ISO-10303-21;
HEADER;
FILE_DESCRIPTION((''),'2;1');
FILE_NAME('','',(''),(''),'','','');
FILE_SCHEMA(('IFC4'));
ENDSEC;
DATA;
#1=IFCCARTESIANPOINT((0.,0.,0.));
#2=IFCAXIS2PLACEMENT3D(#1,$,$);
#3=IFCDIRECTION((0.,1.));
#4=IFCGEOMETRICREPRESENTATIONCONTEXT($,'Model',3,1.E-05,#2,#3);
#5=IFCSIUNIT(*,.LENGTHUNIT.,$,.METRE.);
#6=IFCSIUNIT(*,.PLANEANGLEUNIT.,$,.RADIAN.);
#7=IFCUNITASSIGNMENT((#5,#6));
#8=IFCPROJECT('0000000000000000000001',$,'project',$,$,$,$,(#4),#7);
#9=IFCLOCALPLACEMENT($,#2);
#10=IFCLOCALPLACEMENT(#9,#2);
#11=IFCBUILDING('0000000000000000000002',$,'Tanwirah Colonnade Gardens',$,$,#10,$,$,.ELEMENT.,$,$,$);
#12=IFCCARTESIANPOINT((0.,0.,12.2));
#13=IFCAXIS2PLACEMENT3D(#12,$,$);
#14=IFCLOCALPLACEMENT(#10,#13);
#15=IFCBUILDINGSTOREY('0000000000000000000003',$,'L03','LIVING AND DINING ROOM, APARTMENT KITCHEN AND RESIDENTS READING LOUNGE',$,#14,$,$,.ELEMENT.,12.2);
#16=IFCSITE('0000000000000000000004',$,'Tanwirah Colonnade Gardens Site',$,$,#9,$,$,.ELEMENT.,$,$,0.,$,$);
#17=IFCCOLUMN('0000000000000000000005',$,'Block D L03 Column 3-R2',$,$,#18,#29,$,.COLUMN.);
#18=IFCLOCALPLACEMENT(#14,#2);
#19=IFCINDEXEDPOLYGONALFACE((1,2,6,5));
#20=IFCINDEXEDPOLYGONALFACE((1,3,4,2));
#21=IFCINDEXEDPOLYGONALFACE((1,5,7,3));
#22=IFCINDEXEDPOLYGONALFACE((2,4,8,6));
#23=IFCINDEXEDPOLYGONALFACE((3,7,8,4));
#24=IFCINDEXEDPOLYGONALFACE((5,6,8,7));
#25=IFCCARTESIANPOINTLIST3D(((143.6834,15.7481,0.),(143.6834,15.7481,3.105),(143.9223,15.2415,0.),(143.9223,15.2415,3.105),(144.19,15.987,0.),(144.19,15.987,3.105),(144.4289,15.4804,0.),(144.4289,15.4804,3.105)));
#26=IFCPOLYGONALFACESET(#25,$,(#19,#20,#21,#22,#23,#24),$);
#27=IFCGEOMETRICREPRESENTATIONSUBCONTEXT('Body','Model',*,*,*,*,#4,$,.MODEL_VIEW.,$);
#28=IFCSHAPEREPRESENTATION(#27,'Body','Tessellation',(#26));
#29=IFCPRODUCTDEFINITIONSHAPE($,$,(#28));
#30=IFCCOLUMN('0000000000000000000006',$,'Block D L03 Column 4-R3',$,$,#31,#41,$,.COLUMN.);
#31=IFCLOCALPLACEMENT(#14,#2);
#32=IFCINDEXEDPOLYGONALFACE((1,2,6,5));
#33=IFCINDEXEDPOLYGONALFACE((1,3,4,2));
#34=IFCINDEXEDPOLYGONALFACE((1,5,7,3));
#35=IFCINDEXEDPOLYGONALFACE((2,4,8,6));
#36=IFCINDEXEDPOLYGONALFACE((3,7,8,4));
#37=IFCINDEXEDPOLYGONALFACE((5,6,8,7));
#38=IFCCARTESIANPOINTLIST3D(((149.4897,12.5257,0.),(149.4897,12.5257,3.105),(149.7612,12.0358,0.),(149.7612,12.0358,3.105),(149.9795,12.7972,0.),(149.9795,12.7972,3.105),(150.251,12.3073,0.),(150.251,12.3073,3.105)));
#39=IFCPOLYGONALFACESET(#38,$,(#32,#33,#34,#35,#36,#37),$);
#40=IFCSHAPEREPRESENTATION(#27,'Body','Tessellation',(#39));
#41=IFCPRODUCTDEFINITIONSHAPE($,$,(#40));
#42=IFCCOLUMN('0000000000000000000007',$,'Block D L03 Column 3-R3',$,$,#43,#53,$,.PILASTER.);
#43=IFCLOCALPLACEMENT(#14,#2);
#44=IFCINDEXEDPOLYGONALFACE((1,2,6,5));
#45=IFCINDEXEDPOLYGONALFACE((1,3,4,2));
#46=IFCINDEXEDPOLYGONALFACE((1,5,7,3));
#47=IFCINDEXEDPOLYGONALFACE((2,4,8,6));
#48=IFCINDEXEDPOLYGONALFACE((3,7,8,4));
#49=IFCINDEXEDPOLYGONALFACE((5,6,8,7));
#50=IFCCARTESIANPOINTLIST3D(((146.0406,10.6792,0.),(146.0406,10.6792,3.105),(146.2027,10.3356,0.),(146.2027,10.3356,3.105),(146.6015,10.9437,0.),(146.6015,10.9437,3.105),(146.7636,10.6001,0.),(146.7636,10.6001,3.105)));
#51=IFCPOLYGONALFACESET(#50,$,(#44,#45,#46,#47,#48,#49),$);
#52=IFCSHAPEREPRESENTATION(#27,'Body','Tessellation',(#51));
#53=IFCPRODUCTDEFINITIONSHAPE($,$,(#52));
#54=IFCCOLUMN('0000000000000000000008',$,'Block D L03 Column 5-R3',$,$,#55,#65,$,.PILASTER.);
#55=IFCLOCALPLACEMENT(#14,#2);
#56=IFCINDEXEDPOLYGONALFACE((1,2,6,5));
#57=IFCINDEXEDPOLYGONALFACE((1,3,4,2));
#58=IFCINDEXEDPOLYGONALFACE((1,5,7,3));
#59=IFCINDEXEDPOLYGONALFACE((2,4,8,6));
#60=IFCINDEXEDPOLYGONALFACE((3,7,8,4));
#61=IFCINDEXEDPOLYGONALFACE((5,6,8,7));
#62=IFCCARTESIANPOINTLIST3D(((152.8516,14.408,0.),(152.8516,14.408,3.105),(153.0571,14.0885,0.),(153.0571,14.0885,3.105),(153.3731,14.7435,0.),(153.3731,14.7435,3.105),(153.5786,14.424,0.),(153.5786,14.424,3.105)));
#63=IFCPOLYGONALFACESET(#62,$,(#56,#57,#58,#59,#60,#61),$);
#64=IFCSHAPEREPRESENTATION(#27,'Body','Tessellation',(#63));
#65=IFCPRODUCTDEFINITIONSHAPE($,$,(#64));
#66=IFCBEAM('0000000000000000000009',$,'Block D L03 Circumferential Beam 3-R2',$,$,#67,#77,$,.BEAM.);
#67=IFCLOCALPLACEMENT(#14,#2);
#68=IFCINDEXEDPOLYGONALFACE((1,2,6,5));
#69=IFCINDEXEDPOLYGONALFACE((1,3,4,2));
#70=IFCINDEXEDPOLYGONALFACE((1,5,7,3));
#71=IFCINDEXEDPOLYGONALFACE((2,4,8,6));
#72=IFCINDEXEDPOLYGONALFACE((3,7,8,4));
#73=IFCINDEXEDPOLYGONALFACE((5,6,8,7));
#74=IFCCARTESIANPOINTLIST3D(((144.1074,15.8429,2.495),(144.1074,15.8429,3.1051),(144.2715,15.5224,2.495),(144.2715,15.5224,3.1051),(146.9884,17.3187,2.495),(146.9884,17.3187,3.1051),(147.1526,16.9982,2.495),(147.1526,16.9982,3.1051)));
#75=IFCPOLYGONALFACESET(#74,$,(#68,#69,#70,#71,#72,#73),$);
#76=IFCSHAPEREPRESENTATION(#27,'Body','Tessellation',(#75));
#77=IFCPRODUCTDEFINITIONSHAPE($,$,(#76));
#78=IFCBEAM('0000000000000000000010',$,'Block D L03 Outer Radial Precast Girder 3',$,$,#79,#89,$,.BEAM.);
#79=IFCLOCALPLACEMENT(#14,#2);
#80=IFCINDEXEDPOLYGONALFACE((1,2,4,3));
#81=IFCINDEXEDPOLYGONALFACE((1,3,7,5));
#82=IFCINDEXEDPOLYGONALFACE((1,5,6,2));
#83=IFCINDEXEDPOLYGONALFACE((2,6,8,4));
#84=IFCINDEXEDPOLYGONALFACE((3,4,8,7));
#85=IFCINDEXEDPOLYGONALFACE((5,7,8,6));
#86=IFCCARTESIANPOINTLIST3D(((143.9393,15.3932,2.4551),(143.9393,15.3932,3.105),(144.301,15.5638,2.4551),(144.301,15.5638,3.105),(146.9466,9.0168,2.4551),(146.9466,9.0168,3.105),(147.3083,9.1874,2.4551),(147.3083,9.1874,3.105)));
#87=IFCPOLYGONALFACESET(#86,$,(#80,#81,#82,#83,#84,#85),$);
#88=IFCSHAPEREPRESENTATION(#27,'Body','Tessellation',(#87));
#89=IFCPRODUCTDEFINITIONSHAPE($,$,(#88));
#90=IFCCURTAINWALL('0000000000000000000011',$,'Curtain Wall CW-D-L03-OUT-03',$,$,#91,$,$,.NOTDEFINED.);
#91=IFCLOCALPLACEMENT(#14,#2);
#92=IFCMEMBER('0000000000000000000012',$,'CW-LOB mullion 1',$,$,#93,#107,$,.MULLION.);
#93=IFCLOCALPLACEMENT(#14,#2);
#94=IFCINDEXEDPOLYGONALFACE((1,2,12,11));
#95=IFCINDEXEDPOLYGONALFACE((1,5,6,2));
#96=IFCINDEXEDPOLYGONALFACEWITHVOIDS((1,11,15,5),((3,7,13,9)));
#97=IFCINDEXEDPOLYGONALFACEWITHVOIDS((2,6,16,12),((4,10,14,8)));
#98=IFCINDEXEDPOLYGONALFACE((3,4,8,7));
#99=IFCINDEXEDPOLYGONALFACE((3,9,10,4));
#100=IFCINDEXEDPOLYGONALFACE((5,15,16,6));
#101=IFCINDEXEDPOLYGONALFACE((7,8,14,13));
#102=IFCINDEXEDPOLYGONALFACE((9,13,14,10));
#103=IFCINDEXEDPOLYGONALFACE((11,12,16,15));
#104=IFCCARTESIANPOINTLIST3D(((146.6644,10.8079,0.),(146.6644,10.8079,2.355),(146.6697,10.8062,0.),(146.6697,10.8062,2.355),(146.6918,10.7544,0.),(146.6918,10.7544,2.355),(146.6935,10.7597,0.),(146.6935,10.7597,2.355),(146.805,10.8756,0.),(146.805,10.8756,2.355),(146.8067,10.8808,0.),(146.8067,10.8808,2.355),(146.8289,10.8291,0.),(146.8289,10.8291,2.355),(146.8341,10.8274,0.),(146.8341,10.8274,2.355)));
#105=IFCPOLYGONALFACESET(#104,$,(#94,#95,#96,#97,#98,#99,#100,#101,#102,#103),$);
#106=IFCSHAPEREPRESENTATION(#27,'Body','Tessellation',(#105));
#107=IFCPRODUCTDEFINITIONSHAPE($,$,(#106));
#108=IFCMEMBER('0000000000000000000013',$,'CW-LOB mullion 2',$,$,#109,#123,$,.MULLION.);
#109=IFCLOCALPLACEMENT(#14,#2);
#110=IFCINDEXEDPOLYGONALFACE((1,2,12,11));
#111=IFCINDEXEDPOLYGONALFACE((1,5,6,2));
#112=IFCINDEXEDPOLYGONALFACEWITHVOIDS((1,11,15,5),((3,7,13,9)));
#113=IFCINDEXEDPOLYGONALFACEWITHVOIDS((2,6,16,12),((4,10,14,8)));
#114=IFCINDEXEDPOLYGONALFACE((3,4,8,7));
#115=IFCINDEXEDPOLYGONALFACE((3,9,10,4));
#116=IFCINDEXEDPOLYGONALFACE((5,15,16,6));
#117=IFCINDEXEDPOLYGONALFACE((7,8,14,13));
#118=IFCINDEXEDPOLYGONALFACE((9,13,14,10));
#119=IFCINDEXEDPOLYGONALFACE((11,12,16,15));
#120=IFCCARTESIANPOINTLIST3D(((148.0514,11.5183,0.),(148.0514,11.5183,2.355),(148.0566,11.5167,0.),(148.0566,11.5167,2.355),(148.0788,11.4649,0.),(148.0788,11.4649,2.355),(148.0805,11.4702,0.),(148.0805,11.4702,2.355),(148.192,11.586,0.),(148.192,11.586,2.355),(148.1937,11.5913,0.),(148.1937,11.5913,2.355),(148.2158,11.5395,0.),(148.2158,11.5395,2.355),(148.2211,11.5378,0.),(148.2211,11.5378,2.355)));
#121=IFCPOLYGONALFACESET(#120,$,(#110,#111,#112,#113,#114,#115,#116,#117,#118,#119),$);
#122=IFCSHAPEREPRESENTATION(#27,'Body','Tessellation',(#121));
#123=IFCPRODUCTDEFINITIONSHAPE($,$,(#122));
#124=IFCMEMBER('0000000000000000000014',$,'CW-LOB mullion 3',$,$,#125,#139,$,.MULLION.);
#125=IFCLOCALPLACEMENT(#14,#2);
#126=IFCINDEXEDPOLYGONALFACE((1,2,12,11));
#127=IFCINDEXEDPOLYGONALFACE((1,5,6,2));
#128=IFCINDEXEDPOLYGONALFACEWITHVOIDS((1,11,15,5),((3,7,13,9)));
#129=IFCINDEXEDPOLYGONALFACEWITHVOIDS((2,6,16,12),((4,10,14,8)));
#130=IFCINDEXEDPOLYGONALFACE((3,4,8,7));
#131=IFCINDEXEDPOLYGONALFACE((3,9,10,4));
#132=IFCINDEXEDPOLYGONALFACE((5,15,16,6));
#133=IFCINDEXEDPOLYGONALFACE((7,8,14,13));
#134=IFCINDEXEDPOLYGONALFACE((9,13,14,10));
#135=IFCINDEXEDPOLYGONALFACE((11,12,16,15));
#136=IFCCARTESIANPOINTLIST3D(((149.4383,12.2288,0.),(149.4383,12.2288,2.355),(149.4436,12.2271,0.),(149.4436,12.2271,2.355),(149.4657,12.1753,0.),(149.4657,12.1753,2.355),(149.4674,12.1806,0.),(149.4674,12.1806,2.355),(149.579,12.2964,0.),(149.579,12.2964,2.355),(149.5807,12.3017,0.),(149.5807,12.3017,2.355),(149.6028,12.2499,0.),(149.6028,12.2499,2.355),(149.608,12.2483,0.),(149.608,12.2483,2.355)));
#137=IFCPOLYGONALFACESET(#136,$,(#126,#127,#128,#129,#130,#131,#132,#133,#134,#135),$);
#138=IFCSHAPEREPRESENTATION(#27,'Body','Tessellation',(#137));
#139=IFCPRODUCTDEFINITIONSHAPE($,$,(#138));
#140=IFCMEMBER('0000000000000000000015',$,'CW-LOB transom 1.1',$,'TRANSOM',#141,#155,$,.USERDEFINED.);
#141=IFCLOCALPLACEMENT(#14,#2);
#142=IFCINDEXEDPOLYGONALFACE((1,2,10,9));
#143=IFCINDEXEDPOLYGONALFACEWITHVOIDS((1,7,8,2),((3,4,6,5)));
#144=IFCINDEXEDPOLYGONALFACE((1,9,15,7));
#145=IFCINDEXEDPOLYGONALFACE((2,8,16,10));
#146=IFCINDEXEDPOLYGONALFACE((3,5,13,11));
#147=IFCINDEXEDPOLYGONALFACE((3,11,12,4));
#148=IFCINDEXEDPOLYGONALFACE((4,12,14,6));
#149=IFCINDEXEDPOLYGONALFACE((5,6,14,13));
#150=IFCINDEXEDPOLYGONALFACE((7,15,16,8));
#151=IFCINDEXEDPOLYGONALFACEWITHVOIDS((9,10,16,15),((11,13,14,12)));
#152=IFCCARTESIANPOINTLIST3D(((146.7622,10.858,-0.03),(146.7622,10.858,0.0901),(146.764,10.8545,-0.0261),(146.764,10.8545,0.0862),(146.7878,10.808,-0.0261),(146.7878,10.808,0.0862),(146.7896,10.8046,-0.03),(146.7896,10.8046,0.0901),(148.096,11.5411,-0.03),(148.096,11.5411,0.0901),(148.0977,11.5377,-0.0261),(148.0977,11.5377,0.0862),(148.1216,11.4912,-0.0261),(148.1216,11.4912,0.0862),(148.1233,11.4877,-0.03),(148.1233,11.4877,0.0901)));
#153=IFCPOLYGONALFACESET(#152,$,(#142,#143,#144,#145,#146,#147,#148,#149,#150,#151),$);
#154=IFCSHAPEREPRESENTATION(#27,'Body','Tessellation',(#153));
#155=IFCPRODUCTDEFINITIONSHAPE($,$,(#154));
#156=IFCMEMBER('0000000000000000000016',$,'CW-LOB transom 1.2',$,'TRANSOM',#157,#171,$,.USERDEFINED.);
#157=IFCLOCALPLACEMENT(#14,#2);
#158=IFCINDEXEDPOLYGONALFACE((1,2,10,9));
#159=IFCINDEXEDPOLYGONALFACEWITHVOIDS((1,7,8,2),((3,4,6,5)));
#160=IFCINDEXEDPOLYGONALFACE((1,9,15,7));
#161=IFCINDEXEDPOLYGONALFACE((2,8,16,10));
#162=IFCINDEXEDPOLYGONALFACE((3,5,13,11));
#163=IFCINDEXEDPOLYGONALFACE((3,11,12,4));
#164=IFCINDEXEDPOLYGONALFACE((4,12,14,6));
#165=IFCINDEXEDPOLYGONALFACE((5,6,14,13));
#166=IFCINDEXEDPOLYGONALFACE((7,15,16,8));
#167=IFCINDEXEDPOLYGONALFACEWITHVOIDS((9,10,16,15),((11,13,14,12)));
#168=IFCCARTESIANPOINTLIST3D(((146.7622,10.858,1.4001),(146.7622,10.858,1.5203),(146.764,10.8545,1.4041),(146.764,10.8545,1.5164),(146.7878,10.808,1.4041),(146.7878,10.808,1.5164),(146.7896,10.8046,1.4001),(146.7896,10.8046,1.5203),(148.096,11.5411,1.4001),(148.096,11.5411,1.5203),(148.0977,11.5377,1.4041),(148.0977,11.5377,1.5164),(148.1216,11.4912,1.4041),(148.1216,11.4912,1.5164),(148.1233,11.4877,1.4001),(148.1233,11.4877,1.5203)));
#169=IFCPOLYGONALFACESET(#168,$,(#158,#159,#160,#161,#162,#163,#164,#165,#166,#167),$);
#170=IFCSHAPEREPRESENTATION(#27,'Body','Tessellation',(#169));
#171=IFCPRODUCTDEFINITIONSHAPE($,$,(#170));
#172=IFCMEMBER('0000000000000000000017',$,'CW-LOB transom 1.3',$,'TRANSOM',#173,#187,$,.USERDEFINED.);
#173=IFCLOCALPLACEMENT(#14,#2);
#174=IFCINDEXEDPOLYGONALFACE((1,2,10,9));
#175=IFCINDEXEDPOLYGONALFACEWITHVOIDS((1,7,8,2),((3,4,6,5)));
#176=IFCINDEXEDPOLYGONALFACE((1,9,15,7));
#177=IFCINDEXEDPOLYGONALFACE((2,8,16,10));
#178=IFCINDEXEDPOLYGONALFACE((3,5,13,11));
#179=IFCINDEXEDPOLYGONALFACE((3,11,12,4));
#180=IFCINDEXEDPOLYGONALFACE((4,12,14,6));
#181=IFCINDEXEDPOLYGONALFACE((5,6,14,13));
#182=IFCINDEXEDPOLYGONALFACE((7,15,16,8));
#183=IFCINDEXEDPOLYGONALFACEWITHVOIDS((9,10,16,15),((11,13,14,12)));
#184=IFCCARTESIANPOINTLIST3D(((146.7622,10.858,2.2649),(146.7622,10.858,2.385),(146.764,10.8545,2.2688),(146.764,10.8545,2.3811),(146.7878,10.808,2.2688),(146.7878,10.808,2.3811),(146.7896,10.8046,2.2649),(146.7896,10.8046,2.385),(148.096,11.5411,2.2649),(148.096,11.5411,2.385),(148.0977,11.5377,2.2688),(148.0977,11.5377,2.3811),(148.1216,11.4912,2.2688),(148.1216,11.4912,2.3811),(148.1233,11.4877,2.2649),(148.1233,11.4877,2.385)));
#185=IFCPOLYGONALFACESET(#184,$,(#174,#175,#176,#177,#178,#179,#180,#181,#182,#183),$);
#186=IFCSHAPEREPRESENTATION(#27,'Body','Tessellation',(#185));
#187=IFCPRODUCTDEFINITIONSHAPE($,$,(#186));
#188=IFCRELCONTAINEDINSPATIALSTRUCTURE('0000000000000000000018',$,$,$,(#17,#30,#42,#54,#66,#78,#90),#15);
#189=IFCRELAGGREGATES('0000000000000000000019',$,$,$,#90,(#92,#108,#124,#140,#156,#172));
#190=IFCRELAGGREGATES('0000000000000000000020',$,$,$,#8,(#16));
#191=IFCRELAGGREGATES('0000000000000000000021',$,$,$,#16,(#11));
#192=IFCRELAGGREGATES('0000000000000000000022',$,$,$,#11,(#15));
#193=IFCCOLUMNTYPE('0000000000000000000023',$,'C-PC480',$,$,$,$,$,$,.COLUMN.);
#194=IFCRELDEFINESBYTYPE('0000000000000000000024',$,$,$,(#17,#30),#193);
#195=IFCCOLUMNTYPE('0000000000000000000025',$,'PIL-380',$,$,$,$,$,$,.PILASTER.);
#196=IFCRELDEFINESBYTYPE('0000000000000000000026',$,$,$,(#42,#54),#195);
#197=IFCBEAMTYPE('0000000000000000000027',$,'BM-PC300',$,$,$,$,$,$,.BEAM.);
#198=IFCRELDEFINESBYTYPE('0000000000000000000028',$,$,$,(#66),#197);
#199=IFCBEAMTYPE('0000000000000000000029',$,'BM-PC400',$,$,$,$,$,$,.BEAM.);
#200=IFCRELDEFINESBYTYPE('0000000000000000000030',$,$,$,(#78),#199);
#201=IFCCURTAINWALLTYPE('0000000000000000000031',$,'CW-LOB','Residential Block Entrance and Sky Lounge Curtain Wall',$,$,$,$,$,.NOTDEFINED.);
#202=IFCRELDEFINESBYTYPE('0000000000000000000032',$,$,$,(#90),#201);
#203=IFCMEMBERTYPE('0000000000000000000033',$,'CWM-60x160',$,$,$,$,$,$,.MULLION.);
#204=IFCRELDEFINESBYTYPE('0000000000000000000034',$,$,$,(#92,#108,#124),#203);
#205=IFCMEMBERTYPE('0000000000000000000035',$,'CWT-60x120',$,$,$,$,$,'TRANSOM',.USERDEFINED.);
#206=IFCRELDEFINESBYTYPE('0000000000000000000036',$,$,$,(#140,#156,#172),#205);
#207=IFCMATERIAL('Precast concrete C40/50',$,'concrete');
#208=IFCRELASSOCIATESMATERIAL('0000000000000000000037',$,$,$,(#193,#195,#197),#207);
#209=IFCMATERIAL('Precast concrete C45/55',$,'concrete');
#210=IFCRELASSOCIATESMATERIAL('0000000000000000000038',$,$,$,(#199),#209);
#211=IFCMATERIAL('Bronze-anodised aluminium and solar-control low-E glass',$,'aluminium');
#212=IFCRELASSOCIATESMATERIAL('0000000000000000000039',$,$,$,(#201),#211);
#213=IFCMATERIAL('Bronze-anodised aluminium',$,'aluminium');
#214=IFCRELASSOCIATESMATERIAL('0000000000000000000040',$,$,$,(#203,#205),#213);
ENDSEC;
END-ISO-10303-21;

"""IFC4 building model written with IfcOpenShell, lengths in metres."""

from ifc_helpers import new_model, si_unit, direction, frame, origin, origin_2d, place, context, subcontext, project, spatial, rectangle, hollow_rectangle, extrude, material, material_profile, profile_set, type_object, element, aggregate, save


model = new_model("IFC4")

# Units and contexts
model_context = context("Model", 3, precision=1e-05, world=origin(), true_north=direction((0.0, 1.0)))
body_context = subcontext(model_context, "Body", "Model", "MODEL_VIEW")
ifc_project = project(units=[si_unit("LENGTHUNIT", "METRE"), si_unit("PLANEANGLEUNIT", "RADIAN")], contexts=[model_context])

# Site, building, storey
site_placement = place(None, origin())
site = spatial("IfcSite", under=ifc_project, at=site_placement, Name="Tanwirah Colonnade Gardens Site", CompositionType="ELEMENT", RefElevation=0.0)
building_placement = place(site_placement, origin())
building = spatial("IfcBuilding", under=site, at=building_placement, Name="Tanwirah Colonnade Gardens", CompositionType="ELEMENT")
storey_placement = place(building_placement, frame((0.0, 0.0, 12.2)))
storey = spatial("IfcBuildingStorey", under=building, at=storey_placement, Name="L03", Description="LIVING AND DINING ROOM, APARTMENT KITCHEN AND RESIDENTS READING LOUNGE", CompositionType="ELEMENT", Elevation=12.2)

# Columns
ifc_material_1 = material(Name="Precast concrete C40/50", Category="concrete")
ifc_material_profile_1 = material_profile(ifc_material_1, rectangle(XDim=0.5601, YDim=0.5601, at=origin_2d()), Name="PC-COL 560x560")
ifc_profile_set_1 = profile_set([ifc_material_profile_1], Name="Precast concrete C40/50")
column_type_1 = type_object("IfcColumnType", Name="C-PC480", PredefinedType="COLUMN", material=ifc_profile_set_1)
for number, where, z_axis, x_axis, name in (
    (1, (144.0562, 15.6143, 0.0), (0.0, 0.0, 1.0), (0.426569, -0.904455, 0.0), "Block D L03 Column 3-R2"),
    (2, (149.8704, 12.4165, 0.0), (0.0, 0.0, 1.0), (0.48481, -0.87462, 0.0), "Block D L03 Column 4-R3"),
):
    element("IfcColumn", number, at=place(storey_placement, frame(where, z_axis=z_axis, x_axis=x_axis)), inside=storey, type_object=column_type_1, Name=name, PredefinedType="COLUMN", context=body_context, shape_type="SweptSolid", body=[
        extrude(rectangle(XDim=0.5601, YDim=0.5601, at=origin_2d()), origin(), (0.0, 0.0, 1.0), 3.105),
    ])
ifc_material_profile_2 = material_profile(ifc_material_1, rectangle(XDim=0.3799, YDim=0.6201, at=origin_2d()), Name="PC-PIL 380x620")
ifc_profile_set_2 = profile_set([ifc_material_profile_2], Name="Precast concrete C40/50")
column_type_2 = type_object("IfcColumnType", Name="PIL-380", PredefinedType="PILASTER", material=ifc_profile_set_2)
for number, where, z_axis, x_axis, name in (
    (3, (146.4021, 10.6396, 0.0), (0.0, 0.0, 1.0), (0.426569, -0.904455, 0.0), "Block D L03 Column 3-R3"),
    (4, (153.2151, 14.416, 0.0), (0.0, 0.0, 1.0), (0.540974, -0.841039, 0.0), "Block D L03 Column 5-R3"),
):
    element("IfcColumn", number, at=place(storey_placement, frame(where, z_axis=z_axis, x_axis=x_axis)), inside=storey, type_object=column_type_2, Name=name, PredefinedType="PILASTER", context=body_context, shape_type="SweptSolid", body=[
        extrude(rectangle(XDim=0.3799, YDim=0.6201, at=origin_2d()), origin(), (0.0, 0.0, 1.0), 3.105),
    ])

# Beams
ifc_material_profile_3 = material_profile(ifc_material_1, rectangle(XDim=0.3601, YDim=0.6101, at=origin_2d()), Name="PC-BM 360x610")
ifc_profile_set_3 = profile_set([ifc_material_profile_3], Name="Precast concrete C40/50")
beam_type_1 = type_object("IfcBeamType", Name="BM-PC300", PredefinedType="BEAM", material=ifc_profile_set_3)
beam_1_placement = place(storey_placement, frame((144.1895, 15.6826, 2.8), z_axis=(0.890025, 0.455911, 0.0), x_axis=(-0.455911, 0.890025, 0.0)))
element("IfcBeam", 5, at=beam_1_placement, inside=storey, type_object=beam_type_1, Name="Block D L03 Circumferential Beam 3-R2", PredefinedType="BEAM", context=body_context, shape_type="SweptSolid", body=[
    extrude(rectangle(XDim=0.3601, YDim=0.6101, at=origin_2d()), origin(), (0.0, 0.0, 1.0), 3.2371),
])
ifc_material_2 = material(Name="Precast concrete C45/55", Category="concrete")
ifc_material_profile_4 = material_profile(ifc_material_2, rectangle(XDim=0.3999, YDim=0.6499, at=origin_2d()), Name="PC-BM 400x650")
ifc_profile_set_4 = profile_set([ifc_material_profile_4], Name="Precast concrete C45/55")
beam_type_2 = type_object("IfcBeamType", Name="BM-PC400", PredefinedType="BEAM", material=ifc_profile_set_4)
beam_2_placement = place(storey_placement, frame((144.1201, 15.4785, 2.78), z_axis=(0.426567, -0.904456, 0.0), x_axis=(0.904456, 0.426567, 0.0)))
element("IfcBeam", 6, at=beam_2_placement, inside=storey, type_object=beam_type_2, Name="Block D L03 Outer Radial Precast Girder 3", PredefinedType="BEAM", context=body_context, shape_type="SweptSolid", body=[
    extrude(rectangle(XDim=0.3999, YDim=0.6499, at=origin_2d()), origin(), (0.0, 0.0, 1.0), 7.05),
])

# Curtain wall, members
ifc_material_3 = material(Name="Bronze-anodised aluminium and solar-control low-E glass", Category="aluminium")
curtain_wall_type = type_object("IfcCurtainWallType", Name="CW-LOB", Description="Residential Block Entrance and Sky Lounge Curtain Wall", PredefinedType="NOTDEFINED", material=ifc_material_3)
curtain_wall_placement = place(storey_placement, origin())
curtain_wall = element("IfcCurtainWall", 7, at=curtain_wall_placement, inside=storey, type_object=curtain_wall_type, Name="Curtain Wall CW-D-L03-OUT-03", PredefinedType="NOTDEFINED")
ifc_material_4 = material(Name="Bronze-anodised aluminium", Category="aluminium")
ifc_material_profile_5 = material_profile(ifc_material_4, hollow_rectangle(XDim=0.0601, YDim=0.1599, WallThickness=0.0039, at=origin_2d()), Name="CW-MUL 60x160x4")
ifc_profile_set_5 = profile_set([ifc_material_profile_5], Name="Bronze-anodised aluminium")
member_type_1 = type_object("IfcMemberType", Name="CWM-60x160", PredefinedType="MULLION", material=ifc_profile_set_5)
member_1_placement = place(storey_placement, frame((146.7493, 10.8176, 0.0), z_axis=(0.0, 0.0, 1.0), x_axis=(-0.455933, 0.890014, 0.0)))
member_1 = element("IfcMember", 8, at=member_1_placement, type_object=member_type_1, Name="CW-LOB mullion 1", PredefinedType="MULLION", context=body_context, shape_type="SweptSolid", body=[
    extrude(hollow_rectangle(XDim=0.0601, YDim=0.1599, WallThickness=0.0039, at=origin_2d()), origin(), (0.0, 0.0, 1.0), 2.355),
])
member_2_placement = place(storey_placement, frame((148.1362, 11.5281, 0.0), z_axis=(0.0, 0.0, 1.0), x_axis=(-0.455933, 0.890014, 0.0)))
member_2 = element("IfcMember", 9, at=member_2_placement, type_object=member_type_1, Name="CW-LOB mullion 2", PredefinedType="MULLION", context=body_context, shape_type="SweptSolid", body=[
    extrude(hollow_rectangle(XDim=0.0601, YDim=0.1599, WallThickness=0.0039, at=origin_2d()), origin(), (0.0, 0.0, 1.0), 2.355),
])
member_3_placement = place(storey_placement, frame((149.5232, 12.2385, 0.0), z_axis=(0.0, 0.0, 1.0), x_axis=(-0.455933, 0.890014, 0.0)))
member_3 = element("IfcMember", 10, at=member_3_placement, type_object=member_type_1, Name="CW-LOB mullion 3", PredefinedType="MULLION", context=body_context, shape_type="SweptSolid", body=[
    extrude(hollow_rectangle(XDim=0.0601, YDim=0.1599, WallThickness=0.0039, at=origin_2d()), origin(), (0.0, 0.0, 1.0), 2.355),
])
ifc_material_profile_6 = material_profile(ifc_material_4, hollow_rectangle(XDim=0.0601, YDim=0.1201, WallThickness=0.0039, at=origin_2d()), Name="CW-TRN 60x120x4")
ifc_profile_set_6 = profile_set([ifc_material_profile_6], Name="Bronze-anodised aluminium")
member_type_2 = type_object("IfcMemberType", Name="CWT-60x120", ElementType="TRANSOM", PredefinedType="USERDEFINED", material=ifc_profile_set_6)
member_4_placement = place(storey_placement, frame((146.7759, 10.8313, 0.03), z_axis=(0.890051, 0.45586, 0.0), x_axis=(-0.45586, 0.890051, 0.0)))
member_4 = element("IfcMember", 11, at=member_4_placement, type_object=member_type_2, Name="CW-LOB transom 1.1", ObjectType="TRANSOM", PredefinedType="USERDEFINED", context=body_context, shape_type="SweptSolid", body=[
    extrude(hollow_rectangle(XDim=0.0601, YDim=0.1201, WallThickness=0.0039, at=origin_2d()), origin(), (0.0, 0.0, 1.0), 1.4985),
])
member_5_placement = place(storey_placement, frame((146.7759, 10.8313, 1.4602), z_axis=(0.890051, 0.45586, 0.0), x_axis=(-0.45586, 0.890051, 0.0)))
member_5 = element("IfcMember", 12, at=member_5_placement, type_object=member_type_2, Name="CW-LOB transom 1.2", ObjectType="TRANSOM", PredefinedType="USERDEFINED", context=body_context, shape_type="SweptSolid", body=[
    extrude(hollow_rectangle(XDim=0.0601, YDim=0.1201, WallThickness=0.0039, at=origin_2d()), origin(), (0.0, 0.0, 1.0), 1.4985),
])
member_6_placement = place(storey_placement, frame((146.7759, 10.8313, 2.325), z_axis=(0.890051, 0.45586, 0.0), x_axis=(-0.45586, 0.890051, 0.0)))
member_6 = element("IfcMember", 13, at=member_6_placement, type_object=member_type_2, Name="CW-LOB transom 1.3", ObjectType="TRANSOM", PredefinedType="USERDEFINED", context=body_context, shape_type="SweptSolid", body=[
    extrude(hollow_rectangle(XDim=0.0601, YDim=0.1201, WallThickness=0.0039, at=origin_2d()), origin(), (0.0, 0.0, 1.0), 1.4985),
])

aggregate(curtain_wall, [member_1, member_2, member_3, member_4, member_5, member_6])

save(model, "model.ifc")
